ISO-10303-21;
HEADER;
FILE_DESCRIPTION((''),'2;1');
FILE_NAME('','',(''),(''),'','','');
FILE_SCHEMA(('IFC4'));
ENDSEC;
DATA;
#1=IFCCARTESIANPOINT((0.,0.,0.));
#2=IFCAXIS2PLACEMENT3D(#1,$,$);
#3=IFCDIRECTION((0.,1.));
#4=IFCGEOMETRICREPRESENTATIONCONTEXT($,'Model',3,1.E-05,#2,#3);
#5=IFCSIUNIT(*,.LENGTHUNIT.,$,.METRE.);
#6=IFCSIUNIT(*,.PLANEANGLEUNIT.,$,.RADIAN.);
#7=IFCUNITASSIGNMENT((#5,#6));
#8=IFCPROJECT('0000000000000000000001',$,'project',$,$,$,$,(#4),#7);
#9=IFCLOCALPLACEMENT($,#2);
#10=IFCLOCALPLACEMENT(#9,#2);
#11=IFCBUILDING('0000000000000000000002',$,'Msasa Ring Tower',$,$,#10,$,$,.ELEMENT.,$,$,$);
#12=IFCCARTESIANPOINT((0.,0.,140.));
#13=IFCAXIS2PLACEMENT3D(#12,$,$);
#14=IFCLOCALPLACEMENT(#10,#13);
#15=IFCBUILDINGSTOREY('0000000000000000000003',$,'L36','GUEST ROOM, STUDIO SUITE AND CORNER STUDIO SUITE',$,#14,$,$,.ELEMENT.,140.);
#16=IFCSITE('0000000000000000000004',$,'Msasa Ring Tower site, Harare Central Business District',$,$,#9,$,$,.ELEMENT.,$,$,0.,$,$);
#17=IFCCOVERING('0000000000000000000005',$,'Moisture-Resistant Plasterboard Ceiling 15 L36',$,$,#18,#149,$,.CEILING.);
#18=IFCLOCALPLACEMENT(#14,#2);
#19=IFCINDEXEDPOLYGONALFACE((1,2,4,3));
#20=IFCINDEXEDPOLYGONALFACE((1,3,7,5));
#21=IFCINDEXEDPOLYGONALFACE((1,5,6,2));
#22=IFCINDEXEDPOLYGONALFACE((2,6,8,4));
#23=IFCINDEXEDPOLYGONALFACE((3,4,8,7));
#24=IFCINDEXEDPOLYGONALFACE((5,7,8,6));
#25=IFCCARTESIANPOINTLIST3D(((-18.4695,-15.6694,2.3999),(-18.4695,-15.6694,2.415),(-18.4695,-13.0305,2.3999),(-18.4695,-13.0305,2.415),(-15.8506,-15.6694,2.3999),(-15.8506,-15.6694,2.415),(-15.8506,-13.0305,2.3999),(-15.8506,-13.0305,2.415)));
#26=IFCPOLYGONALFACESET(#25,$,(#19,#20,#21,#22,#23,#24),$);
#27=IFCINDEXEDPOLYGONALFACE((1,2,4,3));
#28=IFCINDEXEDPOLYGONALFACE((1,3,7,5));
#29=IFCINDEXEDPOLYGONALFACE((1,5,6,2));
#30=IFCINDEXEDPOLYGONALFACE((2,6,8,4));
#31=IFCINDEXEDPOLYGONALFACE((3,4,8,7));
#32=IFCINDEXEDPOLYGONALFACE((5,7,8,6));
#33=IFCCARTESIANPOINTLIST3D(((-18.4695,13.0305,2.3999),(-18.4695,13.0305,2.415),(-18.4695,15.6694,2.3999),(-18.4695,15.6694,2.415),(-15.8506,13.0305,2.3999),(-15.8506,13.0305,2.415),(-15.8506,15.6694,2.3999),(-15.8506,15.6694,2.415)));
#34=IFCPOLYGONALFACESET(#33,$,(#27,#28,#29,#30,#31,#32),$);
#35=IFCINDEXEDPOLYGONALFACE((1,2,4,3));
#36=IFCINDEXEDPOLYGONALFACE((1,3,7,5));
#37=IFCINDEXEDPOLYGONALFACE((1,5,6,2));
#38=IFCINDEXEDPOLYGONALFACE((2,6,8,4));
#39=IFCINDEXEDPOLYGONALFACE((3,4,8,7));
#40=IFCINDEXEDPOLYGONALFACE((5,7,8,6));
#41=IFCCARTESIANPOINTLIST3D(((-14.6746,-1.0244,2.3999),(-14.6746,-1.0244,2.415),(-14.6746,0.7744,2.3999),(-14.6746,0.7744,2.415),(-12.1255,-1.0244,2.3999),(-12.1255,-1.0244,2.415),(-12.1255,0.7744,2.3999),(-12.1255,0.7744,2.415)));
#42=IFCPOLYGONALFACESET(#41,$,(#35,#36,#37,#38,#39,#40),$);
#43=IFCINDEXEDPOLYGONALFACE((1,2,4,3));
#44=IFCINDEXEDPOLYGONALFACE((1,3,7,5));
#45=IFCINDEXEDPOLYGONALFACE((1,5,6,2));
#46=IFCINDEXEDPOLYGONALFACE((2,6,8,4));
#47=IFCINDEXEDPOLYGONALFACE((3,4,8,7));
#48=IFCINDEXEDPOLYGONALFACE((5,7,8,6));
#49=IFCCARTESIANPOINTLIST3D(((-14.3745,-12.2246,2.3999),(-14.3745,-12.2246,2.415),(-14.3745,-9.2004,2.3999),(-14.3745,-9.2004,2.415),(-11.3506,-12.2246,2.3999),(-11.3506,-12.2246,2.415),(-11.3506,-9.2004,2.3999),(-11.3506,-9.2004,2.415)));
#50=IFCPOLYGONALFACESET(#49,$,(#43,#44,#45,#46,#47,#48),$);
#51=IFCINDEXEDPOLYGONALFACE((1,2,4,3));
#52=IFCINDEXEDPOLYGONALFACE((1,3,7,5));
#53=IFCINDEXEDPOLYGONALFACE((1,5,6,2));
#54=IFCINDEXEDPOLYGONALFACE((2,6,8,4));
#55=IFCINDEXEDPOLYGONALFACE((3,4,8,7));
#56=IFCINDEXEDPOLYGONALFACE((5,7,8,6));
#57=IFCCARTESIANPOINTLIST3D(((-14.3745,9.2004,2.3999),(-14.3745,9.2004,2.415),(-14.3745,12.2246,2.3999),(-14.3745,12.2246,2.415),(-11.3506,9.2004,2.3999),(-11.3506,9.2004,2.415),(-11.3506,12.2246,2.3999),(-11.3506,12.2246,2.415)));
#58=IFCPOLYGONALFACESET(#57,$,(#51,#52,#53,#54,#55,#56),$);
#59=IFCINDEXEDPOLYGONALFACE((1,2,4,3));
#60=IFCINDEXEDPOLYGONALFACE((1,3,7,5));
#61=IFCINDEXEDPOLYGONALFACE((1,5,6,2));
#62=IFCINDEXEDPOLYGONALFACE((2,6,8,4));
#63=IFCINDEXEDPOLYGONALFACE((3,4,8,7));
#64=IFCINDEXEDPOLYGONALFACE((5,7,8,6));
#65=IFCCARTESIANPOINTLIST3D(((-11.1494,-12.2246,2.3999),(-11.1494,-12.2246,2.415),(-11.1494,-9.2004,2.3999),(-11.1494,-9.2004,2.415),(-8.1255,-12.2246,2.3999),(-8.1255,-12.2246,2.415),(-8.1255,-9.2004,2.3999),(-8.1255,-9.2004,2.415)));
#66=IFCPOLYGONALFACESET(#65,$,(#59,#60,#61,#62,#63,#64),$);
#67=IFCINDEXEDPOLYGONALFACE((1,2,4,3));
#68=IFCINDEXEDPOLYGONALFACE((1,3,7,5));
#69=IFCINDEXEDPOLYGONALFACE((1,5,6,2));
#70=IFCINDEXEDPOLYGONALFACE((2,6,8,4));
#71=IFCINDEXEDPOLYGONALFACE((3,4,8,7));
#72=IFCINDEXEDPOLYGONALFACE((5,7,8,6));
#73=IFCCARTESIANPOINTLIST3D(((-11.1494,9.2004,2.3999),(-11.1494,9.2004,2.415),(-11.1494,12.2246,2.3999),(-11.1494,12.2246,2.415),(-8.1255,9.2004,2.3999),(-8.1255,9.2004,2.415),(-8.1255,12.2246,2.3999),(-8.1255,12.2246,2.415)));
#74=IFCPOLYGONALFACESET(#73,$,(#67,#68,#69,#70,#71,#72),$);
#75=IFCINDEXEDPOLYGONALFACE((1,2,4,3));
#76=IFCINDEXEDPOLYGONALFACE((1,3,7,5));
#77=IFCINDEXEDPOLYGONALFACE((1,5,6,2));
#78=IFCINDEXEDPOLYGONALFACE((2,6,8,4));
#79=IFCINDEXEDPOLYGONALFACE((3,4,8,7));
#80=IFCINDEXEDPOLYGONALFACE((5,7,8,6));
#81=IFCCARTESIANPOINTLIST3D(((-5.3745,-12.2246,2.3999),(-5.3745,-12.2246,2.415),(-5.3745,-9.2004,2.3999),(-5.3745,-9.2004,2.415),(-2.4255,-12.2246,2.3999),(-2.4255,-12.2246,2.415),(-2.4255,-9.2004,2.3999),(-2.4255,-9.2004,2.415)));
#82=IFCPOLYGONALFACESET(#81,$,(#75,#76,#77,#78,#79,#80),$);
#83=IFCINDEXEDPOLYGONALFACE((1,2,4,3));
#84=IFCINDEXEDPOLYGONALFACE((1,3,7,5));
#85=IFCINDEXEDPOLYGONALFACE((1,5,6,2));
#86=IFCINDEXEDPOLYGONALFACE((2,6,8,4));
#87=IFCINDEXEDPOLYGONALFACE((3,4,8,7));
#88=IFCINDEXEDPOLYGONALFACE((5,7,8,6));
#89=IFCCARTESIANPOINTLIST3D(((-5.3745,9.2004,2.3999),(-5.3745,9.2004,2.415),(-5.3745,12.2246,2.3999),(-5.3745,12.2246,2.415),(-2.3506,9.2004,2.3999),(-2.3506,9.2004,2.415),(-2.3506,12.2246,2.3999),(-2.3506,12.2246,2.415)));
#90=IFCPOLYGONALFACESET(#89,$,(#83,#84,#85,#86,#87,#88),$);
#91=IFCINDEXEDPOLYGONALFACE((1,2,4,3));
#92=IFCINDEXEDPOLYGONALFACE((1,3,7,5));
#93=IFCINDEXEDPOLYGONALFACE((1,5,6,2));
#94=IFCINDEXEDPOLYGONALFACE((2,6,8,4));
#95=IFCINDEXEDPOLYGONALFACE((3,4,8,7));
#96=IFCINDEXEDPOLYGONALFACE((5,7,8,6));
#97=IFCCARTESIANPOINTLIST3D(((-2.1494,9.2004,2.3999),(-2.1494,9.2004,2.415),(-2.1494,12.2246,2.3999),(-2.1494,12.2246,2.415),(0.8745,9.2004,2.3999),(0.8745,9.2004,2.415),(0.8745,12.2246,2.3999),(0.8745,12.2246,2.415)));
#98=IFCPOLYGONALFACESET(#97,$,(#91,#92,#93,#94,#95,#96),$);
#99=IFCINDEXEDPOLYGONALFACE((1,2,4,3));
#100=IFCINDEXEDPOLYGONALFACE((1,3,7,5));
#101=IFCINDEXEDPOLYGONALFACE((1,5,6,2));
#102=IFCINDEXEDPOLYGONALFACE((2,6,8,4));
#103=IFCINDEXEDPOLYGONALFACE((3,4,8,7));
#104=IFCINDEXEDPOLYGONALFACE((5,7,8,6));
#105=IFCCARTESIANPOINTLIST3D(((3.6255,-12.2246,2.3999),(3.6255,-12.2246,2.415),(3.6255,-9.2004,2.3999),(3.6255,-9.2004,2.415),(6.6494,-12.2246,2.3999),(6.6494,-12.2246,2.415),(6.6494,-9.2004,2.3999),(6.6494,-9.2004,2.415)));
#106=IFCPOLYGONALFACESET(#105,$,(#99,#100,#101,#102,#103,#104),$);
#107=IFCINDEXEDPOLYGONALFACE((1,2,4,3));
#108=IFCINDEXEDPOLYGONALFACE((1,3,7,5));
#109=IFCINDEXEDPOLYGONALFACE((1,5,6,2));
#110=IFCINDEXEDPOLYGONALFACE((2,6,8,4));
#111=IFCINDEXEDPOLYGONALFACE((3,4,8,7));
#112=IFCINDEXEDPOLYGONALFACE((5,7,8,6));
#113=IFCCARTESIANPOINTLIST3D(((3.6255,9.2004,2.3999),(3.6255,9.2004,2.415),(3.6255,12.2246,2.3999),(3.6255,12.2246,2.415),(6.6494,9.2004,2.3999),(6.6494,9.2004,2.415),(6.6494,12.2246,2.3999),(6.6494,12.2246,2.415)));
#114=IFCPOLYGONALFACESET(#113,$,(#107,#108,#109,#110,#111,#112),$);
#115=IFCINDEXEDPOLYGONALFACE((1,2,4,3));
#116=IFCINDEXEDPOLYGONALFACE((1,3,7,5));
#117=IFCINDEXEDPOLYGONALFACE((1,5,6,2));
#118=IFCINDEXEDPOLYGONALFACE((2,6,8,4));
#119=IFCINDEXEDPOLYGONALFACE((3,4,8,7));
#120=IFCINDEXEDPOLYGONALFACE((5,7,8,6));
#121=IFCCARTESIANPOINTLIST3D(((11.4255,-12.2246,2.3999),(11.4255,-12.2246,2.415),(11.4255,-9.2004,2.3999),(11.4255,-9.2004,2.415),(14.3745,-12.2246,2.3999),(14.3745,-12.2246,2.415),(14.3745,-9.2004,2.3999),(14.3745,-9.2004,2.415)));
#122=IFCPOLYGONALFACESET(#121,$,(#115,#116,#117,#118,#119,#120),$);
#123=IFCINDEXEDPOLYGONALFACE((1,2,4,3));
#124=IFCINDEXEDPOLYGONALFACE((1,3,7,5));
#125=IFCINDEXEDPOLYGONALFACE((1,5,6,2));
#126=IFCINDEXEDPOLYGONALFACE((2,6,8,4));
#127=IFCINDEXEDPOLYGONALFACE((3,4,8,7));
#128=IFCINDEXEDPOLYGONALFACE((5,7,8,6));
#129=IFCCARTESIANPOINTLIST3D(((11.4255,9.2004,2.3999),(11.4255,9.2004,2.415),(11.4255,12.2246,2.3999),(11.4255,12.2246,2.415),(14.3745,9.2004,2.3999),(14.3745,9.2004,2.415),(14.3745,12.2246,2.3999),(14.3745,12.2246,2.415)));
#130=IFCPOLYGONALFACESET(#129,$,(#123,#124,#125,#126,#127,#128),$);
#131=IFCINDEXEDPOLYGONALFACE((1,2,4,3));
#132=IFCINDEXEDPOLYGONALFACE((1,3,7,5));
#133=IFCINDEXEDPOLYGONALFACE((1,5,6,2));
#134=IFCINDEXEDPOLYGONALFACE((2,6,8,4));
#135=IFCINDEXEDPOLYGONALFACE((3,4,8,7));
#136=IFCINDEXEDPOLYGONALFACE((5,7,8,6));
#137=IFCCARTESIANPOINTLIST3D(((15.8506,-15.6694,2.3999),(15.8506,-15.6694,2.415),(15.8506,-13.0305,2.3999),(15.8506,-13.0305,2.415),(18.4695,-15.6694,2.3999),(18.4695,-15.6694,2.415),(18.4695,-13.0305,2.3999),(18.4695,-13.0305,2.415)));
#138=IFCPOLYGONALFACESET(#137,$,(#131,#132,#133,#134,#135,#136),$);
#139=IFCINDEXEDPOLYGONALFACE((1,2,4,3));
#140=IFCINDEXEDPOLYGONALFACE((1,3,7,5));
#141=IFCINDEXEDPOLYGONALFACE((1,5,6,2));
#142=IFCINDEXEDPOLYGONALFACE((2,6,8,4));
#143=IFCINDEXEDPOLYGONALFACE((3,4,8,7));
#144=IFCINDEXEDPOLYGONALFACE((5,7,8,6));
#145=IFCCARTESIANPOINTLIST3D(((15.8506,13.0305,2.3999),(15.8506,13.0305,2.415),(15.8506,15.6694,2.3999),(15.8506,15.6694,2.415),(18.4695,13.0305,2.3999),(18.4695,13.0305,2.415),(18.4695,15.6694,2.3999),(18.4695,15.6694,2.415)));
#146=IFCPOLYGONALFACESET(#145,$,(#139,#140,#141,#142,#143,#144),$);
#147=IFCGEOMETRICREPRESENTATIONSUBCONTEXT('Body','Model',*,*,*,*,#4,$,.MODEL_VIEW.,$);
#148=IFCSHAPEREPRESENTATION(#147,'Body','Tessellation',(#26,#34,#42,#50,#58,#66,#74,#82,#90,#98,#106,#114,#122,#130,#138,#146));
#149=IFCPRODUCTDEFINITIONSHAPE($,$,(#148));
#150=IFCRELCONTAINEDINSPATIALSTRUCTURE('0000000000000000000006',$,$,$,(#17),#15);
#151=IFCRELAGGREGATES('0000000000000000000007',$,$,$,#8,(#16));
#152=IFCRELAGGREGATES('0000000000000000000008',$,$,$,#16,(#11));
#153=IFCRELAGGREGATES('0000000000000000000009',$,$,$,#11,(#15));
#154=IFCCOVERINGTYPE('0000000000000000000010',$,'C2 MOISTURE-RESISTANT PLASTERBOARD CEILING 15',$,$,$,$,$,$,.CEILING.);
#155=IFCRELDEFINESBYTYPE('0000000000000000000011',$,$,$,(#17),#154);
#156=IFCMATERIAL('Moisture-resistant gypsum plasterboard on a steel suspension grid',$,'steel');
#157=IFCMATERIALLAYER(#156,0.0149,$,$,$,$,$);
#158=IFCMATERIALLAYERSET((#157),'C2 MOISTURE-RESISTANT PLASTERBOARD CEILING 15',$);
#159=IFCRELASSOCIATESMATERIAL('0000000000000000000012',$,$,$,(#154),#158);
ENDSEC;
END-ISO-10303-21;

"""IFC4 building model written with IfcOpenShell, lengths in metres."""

from ifc_helpers import new_model, si_unit, direction, frame, origin, place, context, subcontext, project, spatial, line, indexed_curve, outline, extrude, material, layer, layer_set, type_object, element, save


model = new_model("IFC4")

# Units and contexts
model_context = context("Model", 3, precision=1e-05, world=origin(), true_north=direction((0.0, 1.0)))
body_context = subcontext(model_context, "Body", "Model", "MODEL_VIEW")
ifc_project = project(units=[si_unit("LENGTHUNIT", "METRE"), si_unit("PLANEANGLEUNIT", "RADIAN")], contexts=[model_context])

# Site, building, storey
site_placement = place(None, origin())
site = spatial("IfcSite", under=ifc_project, at=site_placement, Name="Msasa Ring Tower site, Harare Central Business District", CompositionType="ELEMENT", RefElevation=0.0)
building_placement = place(site_placement, origin())
building = spatial("IfcBuilding", under=site, at=building_placement, Name="Msasa Ring Tower", CompositionType="ELEMENT")
storey_placement = place(building_placement, frame((0.0, 0.0, 140.0)))
storey = spatial("IfcBuildingStorey", under=building, at=storey_placement, Name="L36", Description="GUEST ROOM, STUDIO SUITE AND CORNER STUDIO SUITE", CompositionType="ELEMENT", Elevation=140.0)

# Covering
ifc_material_1 = material(Name="Moisture-resistant gypsum plasterboard on a steel suspension grid", Category="steel")
ifc_layer_1 = layer(ifc_material_1, 0.0149)
ifc_layer_set_1 = layer_set([ifc_layer_1], Name="C2 MOISTURE-RESISTANT PLASTERBOARD CEILING 15")
covering_type_1 = type_object("IfcCoveringType", Name="C2 MOISTURE-RESISTANT PLASTERBOARD CEILING 15", PredefinedType="CEILING", material=ifc_layer_set_1)
covering_1_placement = place(storey_placement, frame((0.0, 0.0, 2.3999)))
element("IfcCovering", 1, at=covering_1_placement, inside=storey, type_object=covering_type_1, Name="Moisture-Resistant Plasterboard Ceiling 15 L36", PredefinedType="CEILING", context=body_context, shape_type="SweptSolid", body=[
    extrude(outline(indexed_curve([(-18.4695, -13.0305), (-15.8506, -13.0305), (-15.8506, -15.6694), (-18.4695, -15.6694)], segments=[line(1, 2, 3, 4, 1)], self_intersect=False)), origin(), (0.0, 0.0, 1.0), 0.0151),
    extrude(outline(indexed_curve([(-18.4695, 15.6694), (-15.8506, 15.6694), (-15.8506, 13.0305), (-18.4695, 13.0305)], segments=[line(1, 2, 3, 4, 1)], self_intersect=False)), origin(), (0.0, 0.0, 1.0), 0.0151),
    extrude(outline(indexed_curve([(-14.6746, 0.7744), (-12.1255, 0.7744), (-12.1255, -1.0244), (-14.6746, -1.0244)], segments=[line(1, 2, 3, 4, 1)], self_intersect=False)), origin(), (0.0, 0.0, 1.0), 0.0151),
    extrude(outline(indexed_curve([(-11.3506, -9.2004), (-11.3506, -12.2246), (-14.3745, -12.2246), (-14.3745, -9.2004)], segments=[line(1, 2, 3, 4, 1)], self_intersect=False)), origin(), (0.0, 0.0, 1.0), 0.0151),
    extrude(outline(indexed_curve([(-11.3506, 9.2004), (-14.3745, 9.2004), (-14.3745, 12.2246), (-11.3506, 12.2246)], segments=[line(1, 2, 3, 4, 1)], self_intersect=False)), origin(), (0.0, 0.0, 1.0), 0.0151),
    extrude(outline(indexed_curve([(-11.1494, -9.2004), (-8.1255, -9.2004), (-8.1255, -12.2246), (-11.1494, -12.2246)], segments=[line(1, 2, 3, 4, 1)], self_intersect=False)), origin(), (0.0, 0.0, 1.0), 0.0151),
    extrude(outline(indexed_curve([(-11.1494, 12.2246), (-8.1255, 12.2246), (-8.1255, 9.2004), (-11.1494, 9.2004)], segments=[line(1, 2, 3, 4, 1)], self_intersect=False)), origin(), (0.0, 0.0, 1.0), 0.0151),
    extrude(outline(indexed_curve([(-2.4255, -9.2004), (-2.4255, -12.2246), (-5.3745, -12.2246), (-5.3745, -9.2004)], segments=[line(1, 2, 3, 4, 1)], self_intersect=False)), origin(), (0.0, 0.0, 1.0), 0.0151),
    extrude(outline(indexed_curve([(-2.3506, 9.2004), (-5.3745, 9.2004), (-5.3745, 12.2246), (-2.3506, 12.2246)], segments=[line(1, 2, 3, 4, 1)], self_intersect=False)), origin(), (0.0, 0.0, 1.0), 0.0151),
    extrude(outline(indexed_curve([(-2.1494, 12.2246), (0.8745, 12.2246), (0.8745, 9.2004), (-2.1494, 9.2004)], segments=[line(1, 2, 3, 4, 1)], self_intersect=False)), origin(), (0.0, 0.0, 1.0), 0.0151),
    extrude(outline(indexed_curve([(6.6494, -9.2004), (6.6494, -12.2246), (3.6255, -12.2246), (3.6255, -9.2004)], segments=[line(1, 2, 3, 4, 1)], self_intersect=False)), origin(), (0.0, 0.0, 1.0), 0.0151),
    extrude(outline(indexed_curve([(6.6494, 9.2004), (3.6255, 9.2004), (3.6255, 12.2246), (6.6494, 12.2246)], segments=[line(1, 2, 3, 4, 1)], self_intersect=False)), origin(), (0.0, 0.0, 1.0), 0.0151),
    extrude(outline(indexed_curve([(14.3745, -9.2004), (14.3745, -12.2246), (11.4255, -12.2246), (11.4255, -9.2004)], segments=[line(1, 2, 3, 4, 1)], self_intersect=False)), origin(), (0.0, 0.0, 1.0), 0.0151),
    extrude(outline(indexed_curve([(11.4255, 9.2004), (11.4255, 12.2246), (14.3745, 12.2246), (14.3745, 9.2004)], segments=[line(1, 2, 3, 4, 1)], self_intersect=False)), origin(), (0.0, 0.0, 1.0), 0.0151),
    extrude(outline(indexed_curve([(15.8506, -13.0305), (18.4695, -13.0305), (18.4695, -15.6694), (15.8506, -15.6694)], segments=[line(1, 2, 3, 4, 1)], self_intersect=False)), origin(), (0.0, 0.0, 1.0), 0.0151),
    extrude(outline(indexed_curve([(15.8506, 15.6694), (18.4695, 15.6694), (18.4695, 13.0305), (15.8506, 13.0305)], segments=[line(1, 2, 3, 4, 1)], self_intersect=False)), origin(), (0.0, 0.0, 1.0), 0.0151),
])

save(model, "model.ifc")
